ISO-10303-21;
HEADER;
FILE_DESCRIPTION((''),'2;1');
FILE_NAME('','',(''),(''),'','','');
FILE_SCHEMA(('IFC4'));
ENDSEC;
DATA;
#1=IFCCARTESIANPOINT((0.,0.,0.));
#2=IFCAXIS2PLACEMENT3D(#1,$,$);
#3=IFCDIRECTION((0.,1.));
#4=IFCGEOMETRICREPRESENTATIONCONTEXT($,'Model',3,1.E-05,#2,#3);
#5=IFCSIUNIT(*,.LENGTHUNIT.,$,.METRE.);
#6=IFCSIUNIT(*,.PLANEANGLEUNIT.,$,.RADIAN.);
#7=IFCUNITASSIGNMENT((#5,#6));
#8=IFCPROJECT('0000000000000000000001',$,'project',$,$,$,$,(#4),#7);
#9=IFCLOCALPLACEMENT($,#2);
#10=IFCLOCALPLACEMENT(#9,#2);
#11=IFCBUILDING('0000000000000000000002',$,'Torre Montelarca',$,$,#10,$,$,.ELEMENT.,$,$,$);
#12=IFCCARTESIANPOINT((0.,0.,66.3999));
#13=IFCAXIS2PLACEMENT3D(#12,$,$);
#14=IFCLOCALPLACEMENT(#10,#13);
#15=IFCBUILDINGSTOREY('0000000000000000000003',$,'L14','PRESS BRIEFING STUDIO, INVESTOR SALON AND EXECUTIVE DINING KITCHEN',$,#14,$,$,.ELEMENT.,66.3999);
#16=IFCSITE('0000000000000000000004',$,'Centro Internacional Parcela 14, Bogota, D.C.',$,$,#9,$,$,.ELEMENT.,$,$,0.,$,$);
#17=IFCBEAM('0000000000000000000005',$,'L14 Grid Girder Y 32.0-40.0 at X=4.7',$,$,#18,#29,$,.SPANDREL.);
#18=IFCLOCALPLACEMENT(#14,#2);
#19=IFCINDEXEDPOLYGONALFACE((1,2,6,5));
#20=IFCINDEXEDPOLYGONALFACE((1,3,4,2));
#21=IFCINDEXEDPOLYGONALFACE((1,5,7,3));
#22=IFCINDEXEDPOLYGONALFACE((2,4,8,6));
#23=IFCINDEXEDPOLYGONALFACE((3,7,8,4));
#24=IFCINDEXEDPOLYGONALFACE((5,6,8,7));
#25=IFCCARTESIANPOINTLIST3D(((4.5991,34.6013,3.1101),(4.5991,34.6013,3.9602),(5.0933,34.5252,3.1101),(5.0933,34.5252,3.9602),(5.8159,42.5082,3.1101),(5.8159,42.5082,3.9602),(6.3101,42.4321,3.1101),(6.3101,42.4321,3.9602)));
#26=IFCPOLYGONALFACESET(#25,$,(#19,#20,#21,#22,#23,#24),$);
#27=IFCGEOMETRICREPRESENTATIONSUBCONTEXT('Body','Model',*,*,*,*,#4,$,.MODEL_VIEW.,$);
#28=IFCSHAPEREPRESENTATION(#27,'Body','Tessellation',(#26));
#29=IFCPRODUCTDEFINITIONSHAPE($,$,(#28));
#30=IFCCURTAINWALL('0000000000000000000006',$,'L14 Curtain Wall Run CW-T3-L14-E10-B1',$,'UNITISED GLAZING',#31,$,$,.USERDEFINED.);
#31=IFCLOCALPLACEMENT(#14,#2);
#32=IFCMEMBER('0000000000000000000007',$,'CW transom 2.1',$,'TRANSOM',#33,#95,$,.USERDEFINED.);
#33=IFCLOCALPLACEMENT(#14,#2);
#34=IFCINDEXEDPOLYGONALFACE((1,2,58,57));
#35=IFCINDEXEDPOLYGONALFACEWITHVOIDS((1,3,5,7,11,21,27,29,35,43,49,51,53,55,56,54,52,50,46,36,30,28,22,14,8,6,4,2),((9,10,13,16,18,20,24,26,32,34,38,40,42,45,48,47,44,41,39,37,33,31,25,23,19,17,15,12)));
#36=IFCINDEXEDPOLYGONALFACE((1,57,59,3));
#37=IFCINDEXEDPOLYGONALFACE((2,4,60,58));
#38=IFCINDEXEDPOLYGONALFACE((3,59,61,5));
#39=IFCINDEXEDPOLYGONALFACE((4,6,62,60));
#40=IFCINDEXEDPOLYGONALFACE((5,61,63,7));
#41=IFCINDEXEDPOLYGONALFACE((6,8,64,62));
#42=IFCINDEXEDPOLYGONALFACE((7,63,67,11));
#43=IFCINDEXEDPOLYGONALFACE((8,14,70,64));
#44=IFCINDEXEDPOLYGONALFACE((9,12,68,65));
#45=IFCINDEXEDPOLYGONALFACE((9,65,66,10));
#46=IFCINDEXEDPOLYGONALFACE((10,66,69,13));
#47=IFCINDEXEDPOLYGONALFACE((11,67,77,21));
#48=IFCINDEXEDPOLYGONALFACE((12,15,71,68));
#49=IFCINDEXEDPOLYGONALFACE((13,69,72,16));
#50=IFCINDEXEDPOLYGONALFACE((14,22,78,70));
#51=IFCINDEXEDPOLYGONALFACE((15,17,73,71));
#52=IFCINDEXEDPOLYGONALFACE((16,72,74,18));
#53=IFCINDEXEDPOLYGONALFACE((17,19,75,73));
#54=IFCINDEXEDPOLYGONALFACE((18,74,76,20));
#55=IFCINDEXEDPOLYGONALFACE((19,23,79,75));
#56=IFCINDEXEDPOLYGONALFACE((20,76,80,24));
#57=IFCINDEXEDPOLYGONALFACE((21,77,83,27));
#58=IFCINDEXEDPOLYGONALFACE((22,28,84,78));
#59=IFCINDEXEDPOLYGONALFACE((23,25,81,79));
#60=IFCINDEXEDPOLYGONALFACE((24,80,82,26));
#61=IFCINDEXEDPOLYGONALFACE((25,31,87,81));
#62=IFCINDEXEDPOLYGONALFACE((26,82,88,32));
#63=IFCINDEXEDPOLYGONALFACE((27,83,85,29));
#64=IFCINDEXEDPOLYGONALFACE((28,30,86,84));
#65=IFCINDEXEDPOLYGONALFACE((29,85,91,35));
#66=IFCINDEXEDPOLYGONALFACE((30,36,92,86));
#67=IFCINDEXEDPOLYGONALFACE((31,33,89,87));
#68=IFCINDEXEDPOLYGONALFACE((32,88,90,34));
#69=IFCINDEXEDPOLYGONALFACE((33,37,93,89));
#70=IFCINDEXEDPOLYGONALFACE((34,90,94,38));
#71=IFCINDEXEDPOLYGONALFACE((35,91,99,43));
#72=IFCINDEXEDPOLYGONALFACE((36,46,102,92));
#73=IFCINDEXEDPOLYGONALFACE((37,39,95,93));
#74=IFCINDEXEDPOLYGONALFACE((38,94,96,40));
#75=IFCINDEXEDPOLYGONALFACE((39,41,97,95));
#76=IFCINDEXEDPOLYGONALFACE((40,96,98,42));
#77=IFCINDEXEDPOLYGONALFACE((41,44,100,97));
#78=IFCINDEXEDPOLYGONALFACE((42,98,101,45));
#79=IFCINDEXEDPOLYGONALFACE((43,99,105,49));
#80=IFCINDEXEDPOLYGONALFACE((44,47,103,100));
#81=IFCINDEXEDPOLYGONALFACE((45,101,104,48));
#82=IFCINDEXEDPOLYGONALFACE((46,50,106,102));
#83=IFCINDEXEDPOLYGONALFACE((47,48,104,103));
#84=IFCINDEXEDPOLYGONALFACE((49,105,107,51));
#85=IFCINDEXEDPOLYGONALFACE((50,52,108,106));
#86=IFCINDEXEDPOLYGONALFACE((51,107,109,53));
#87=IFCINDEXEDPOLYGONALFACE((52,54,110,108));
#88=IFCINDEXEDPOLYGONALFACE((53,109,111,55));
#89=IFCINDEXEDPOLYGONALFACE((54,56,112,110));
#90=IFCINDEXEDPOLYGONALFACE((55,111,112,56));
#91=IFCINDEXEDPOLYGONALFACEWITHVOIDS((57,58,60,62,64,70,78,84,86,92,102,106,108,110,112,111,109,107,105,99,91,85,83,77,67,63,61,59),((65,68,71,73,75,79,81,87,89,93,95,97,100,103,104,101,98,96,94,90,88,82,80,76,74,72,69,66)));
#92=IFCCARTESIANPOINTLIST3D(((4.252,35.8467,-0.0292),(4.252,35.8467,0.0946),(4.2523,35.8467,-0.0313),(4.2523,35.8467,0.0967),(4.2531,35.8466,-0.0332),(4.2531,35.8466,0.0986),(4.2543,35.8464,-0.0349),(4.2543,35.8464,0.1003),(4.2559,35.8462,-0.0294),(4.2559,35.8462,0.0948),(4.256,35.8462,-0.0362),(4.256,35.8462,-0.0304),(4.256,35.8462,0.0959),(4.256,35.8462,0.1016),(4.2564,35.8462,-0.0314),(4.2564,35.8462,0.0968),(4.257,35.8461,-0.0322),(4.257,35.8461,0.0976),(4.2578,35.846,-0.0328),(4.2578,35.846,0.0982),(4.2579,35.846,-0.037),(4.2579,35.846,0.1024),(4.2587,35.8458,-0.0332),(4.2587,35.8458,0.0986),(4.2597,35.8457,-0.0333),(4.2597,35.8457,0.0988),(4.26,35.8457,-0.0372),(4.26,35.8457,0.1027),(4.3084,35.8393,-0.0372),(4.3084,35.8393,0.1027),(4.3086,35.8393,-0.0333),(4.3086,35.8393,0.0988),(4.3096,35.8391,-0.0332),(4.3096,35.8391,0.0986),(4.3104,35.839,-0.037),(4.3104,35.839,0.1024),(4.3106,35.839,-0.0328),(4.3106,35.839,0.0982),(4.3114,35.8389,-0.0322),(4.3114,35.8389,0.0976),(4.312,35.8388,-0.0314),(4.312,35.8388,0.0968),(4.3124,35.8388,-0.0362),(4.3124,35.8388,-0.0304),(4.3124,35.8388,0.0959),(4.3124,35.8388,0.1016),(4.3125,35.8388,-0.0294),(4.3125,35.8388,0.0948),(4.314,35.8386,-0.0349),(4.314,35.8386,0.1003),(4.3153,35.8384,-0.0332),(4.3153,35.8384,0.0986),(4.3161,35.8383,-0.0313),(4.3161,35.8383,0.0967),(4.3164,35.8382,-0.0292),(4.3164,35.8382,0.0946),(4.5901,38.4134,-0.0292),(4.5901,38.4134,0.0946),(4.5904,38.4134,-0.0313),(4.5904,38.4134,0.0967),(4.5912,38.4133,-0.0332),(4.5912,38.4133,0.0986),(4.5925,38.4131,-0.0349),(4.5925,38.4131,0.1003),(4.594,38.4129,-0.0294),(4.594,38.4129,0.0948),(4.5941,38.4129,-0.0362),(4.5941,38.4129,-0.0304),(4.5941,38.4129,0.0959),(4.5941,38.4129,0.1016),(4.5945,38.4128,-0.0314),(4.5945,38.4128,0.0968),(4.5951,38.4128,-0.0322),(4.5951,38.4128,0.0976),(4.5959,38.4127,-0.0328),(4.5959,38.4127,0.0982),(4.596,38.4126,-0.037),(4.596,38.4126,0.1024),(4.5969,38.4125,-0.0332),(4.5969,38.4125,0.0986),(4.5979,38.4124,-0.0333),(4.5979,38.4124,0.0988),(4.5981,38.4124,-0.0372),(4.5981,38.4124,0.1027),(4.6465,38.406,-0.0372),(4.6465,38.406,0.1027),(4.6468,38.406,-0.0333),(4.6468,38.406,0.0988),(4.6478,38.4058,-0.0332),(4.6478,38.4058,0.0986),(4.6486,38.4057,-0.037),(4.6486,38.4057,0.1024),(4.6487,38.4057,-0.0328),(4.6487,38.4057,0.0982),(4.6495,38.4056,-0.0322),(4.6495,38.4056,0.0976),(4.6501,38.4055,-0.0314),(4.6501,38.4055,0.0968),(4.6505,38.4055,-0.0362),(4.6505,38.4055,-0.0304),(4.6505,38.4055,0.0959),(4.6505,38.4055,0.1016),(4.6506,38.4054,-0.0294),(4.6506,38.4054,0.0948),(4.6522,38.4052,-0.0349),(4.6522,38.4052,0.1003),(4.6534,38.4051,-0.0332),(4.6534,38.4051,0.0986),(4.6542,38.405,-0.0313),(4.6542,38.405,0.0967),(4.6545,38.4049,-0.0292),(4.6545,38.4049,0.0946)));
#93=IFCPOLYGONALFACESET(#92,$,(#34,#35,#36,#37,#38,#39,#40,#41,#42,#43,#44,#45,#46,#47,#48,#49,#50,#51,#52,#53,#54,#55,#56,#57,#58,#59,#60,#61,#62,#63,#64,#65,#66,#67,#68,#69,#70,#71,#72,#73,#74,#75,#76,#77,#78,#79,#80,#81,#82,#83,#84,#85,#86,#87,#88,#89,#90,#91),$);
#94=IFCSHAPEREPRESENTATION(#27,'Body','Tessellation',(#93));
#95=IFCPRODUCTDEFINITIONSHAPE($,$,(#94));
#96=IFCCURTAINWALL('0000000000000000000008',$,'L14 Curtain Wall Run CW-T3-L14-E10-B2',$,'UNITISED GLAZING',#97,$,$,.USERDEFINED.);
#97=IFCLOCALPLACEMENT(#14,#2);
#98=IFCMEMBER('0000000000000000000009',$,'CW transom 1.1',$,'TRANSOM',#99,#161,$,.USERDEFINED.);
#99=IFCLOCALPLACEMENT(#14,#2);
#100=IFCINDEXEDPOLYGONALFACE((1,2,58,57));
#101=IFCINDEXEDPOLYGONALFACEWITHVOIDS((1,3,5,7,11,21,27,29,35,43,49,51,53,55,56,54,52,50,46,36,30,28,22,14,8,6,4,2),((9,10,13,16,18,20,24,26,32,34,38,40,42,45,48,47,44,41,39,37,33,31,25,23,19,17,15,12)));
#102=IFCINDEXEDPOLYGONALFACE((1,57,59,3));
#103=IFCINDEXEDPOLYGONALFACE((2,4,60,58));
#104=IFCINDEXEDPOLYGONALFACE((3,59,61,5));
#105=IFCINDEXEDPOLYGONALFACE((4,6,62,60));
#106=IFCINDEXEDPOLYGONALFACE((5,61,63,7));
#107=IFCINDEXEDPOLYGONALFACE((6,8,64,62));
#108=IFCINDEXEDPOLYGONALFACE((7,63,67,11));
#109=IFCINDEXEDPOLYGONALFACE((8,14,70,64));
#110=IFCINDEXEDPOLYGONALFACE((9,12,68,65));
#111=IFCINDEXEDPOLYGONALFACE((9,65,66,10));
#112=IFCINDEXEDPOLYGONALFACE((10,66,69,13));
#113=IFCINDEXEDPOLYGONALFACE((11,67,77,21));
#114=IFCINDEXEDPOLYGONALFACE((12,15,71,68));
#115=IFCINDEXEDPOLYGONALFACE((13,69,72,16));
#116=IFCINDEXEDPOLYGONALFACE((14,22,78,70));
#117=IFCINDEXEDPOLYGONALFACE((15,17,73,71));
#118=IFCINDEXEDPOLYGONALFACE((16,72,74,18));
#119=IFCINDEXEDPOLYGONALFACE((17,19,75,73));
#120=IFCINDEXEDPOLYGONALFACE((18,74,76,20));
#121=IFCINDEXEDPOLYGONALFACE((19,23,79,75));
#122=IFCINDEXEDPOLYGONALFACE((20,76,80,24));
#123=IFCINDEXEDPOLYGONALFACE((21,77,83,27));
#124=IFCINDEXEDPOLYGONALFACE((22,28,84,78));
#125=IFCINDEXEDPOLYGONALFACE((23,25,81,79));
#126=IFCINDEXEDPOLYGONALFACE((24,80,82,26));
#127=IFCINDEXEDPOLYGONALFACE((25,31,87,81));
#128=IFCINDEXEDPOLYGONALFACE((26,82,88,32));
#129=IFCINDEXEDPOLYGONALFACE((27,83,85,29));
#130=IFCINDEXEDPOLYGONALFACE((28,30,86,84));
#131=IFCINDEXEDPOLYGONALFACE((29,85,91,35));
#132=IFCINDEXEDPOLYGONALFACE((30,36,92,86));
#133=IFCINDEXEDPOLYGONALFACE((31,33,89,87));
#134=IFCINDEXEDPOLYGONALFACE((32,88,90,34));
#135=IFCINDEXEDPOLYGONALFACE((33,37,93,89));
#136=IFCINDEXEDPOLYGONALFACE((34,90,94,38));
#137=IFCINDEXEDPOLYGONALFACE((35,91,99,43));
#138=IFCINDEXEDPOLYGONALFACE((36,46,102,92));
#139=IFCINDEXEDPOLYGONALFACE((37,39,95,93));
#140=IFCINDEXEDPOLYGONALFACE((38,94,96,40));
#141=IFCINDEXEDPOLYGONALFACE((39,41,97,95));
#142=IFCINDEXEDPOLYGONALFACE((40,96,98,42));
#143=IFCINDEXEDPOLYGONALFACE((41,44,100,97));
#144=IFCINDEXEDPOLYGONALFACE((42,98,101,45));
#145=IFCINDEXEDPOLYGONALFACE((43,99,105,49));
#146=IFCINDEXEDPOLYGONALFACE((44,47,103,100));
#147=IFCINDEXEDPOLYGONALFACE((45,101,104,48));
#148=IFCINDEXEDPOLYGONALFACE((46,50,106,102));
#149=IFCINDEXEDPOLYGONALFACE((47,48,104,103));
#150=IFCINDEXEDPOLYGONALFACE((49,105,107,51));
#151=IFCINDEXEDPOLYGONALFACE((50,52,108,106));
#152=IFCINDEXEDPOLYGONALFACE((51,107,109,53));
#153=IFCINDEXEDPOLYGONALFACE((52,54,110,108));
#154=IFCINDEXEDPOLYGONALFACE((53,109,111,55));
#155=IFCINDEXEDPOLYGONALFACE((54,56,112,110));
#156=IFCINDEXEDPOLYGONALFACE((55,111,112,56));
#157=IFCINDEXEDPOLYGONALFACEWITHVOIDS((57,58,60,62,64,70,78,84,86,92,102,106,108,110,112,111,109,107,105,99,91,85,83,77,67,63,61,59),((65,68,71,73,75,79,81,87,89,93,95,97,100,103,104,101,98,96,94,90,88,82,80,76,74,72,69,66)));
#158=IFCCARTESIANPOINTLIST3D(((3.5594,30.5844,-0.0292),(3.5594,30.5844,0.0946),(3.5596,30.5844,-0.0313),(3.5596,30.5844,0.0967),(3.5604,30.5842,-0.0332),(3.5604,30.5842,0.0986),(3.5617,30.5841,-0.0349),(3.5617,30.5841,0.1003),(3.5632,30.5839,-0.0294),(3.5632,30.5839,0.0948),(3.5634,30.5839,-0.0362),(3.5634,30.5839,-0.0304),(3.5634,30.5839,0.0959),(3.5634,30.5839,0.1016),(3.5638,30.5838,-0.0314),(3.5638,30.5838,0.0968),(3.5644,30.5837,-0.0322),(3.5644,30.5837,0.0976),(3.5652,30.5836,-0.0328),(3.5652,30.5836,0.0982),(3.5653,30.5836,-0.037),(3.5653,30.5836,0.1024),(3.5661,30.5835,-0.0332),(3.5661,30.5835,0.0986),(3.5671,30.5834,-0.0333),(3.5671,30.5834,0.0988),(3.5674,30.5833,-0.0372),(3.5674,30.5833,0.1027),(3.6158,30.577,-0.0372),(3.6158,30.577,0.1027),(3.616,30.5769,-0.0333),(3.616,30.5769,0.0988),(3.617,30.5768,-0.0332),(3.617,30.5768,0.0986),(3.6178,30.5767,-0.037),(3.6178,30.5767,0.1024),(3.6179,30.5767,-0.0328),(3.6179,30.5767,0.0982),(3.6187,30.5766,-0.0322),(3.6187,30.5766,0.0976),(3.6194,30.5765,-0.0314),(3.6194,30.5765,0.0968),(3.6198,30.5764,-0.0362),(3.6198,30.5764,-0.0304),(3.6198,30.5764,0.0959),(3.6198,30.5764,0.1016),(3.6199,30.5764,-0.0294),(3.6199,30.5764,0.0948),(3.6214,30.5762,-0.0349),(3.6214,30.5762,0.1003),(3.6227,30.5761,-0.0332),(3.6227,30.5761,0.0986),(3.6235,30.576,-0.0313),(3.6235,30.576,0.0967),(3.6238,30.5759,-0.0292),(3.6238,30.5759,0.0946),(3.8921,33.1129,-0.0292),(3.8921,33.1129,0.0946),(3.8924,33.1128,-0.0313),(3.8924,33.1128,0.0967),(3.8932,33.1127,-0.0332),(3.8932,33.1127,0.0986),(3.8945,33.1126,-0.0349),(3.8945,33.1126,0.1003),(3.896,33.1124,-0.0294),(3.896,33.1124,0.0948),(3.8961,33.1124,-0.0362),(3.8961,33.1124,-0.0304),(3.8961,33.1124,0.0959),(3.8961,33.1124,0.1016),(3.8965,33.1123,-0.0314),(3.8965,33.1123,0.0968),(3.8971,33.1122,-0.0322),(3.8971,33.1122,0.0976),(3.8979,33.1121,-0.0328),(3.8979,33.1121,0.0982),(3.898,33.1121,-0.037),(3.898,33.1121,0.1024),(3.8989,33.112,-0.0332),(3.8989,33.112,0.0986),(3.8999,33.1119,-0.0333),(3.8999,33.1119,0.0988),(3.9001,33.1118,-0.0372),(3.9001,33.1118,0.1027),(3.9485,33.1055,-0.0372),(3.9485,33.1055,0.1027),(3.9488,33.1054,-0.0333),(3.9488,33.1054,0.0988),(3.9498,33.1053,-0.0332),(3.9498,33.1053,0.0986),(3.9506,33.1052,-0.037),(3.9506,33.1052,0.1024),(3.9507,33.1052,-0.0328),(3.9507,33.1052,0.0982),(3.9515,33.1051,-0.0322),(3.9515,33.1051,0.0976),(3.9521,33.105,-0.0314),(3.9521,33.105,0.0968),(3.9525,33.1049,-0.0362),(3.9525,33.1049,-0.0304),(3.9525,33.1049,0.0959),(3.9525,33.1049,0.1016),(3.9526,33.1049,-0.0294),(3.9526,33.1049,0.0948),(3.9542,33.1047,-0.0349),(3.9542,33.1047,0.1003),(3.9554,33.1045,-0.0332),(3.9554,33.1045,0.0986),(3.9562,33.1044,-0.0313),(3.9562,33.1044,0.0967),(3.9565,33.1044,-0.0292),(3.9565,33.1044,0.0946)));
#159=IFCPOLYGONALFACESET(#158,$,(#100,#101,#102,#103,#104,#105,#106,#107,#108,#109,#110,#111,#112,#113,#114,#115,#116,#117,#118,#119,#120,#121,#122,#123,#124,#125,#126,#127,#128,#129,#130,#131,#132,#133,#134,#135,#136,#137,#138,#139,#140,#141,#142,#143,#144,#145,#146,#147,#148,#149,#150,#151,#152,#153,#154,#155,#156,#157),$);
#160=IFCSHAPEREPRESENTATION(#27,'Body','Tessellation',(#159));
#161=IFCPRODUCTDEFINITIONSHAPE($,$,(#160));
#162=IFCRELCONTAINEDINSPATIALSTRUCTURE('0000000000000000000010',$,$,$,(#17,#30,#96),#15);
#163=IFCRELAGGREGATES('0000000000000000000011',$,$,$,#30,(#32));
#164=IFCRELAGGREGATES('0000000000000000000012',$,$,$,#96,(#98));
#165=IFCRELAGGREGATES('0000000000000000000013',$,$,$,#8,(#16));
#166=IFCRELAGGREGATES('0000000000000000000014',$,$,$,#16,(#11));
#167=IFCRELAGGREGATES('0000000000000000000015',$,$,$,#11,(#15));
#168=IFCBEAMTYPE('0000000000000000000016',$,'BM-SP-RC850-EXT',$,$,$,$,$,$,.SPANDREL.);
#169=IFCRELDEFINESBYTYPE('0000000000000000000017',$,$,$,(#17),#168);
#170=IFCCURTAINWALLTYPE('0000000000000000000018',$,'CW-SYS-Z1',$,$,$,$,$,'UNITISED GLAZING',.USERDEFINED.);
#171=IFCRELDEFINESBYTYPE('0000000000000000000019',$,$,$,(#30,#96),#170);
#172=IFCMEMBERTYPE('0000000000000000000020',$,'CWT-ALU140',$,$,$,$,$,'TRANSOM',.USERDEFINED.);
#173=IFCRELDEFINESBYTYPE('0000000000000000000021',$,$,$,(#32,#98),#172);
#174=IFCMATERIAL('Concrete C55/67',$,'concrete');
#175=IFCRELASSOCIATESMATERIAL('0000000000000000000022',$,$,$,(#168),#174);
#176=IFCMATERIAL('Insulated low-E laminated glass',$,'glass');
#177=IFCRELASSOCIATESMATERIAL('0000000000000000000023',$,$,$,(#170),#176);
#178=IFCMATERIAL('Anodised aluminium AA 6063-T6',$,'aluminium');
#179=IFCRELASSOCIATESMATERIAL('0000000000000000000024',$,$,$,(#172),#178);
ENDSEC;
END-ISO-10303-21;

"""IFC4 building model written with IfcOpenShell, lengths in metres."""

from ifc_helpers import new_model, si_unit, direction, frame, origin, origin_2d, place, context, subcontext, project, spatial, rectangle, hollow_rectangle, extrude, source, transform, mapped, material, material_profile, profile_set, type_object, element, aggregate, save


model = new_model("IFC4")

# Units and contexts
model_context = context("Model", 3, precision=1e-05, world=origin(), true_north=direction((0.0, 1.0)))
body_context = subcontext(model_context, "Body", "Model", "MODEL_VIEW")
ifc_project = project(units=[si_unit("LENGTHUNIT", "METRE"), si_unit("PLANEANGLEUNIT", "RADIAN")], contexts=[model_context])

# Site, building, storey
site_placement = place(None, origin())
site = spatial("IfcSite", under=ifc_project, at=site_placement, Name="Centro Internacional Parcela 14, Bogota, D.C.", CompositionType="ELEMENT", RefElevation=0.0)
building_placement = place(site_placement, origin())
building = spatial("IfcBuilding", under=site, at=building_placement, Name="Torre Montelarca", CompositionType="ELEMENT")
storey_placement = place(building_placement, frame((0.0, 0.0, 66.3999)))
storey = spatial("IfcBuildingStorey", under=building, at=storey_placement, Name="L14", Description="PRESS BRIEFING STUDIO, INVESTOR SALON AND EXECUTIVE DINING KITCHEN", CompositionType="ELEMENT", Elevation=66.3999)

# Shared definitions
ifc_material_1 = material(Name="Concrete C55/67", Category="concrete")

# Beam
ifc_material_profile_1 = material_profile(ifc_material_1, rectangle(XDim=0.5, YDim=0.8501, at=origin_2d()), Name="RCB500X850", Category="concrete")
ifc_profile_set_1 = profile_set([ifc_material_profile_1], Name="Concrete C55/67")
beam_type = type_object("IfcBeamType", Name="BM-SP-RC850-EXT", PredefinedType="SPANDREL", material=ifc_profile_set_1)
shared_shape_1 = source(origin(), body_context, "Body", "SweptSolid", [
    extrude(rectangle(XDim=0.5, YDim=0.8501, at=origin_2d()), origin(), (0.0, 0.0, 1.0), 8.0),
])
beam_placement = place(storey_placement, frame((4.8462, 34.5632, 3.5352), z_axis=(0.152098, 0.988365, 0.0), x_axis=(-0.988365, 0.152098, 0.0)))
element("IfcBeam", 1, at=beam_placement, inside=storey, type_object=beam_type, Name="L14 Grid Girder Y 32.0-40.0 at X=4.7", PredefinedType="SPANDREL", context=body_context, shape_type="MappedRepresentation", body=[
    mapped(shared_shape_1, transform((0.0, 0.0, 0.0), scale=1.0)),
])

# Curtain wall, member
ifc_material_2 = material(Name="Insulated low-E laminated glass", Category="glass")
curtain_wall_type = type_object("IfcCurtainWallType", Name="CW-SYS-Z1", ElementType="UNITISED GLAZING", PredefinedType="USERDEFINED", material=ifc_material_2)
curtain_wall_1_placement = place(storey_placement, origin())
curtain_wall_1 = element("IfcCurtainWall", 2, at=curtain_wall_1_placement, inside=storey, type_object=curtain_wall_type, Name="L14 Curtain Wall Run CW-T3-L14-E10-B1", ObjectType="UNITISED GLAZING", PredefinedType="USERDEFINED")
ifc_material_3 = material(Name="Anodised aluminium AA 6063-T6", Category="aluminium")
ifc_material_profile_2 = material_profile(ifc_material_3, hollow_rectangle(XDim=0.0649, YDim=0.1399, WallThickness=0.0039, InnerFilletRadius=0.0039, OuterFilletRadius=0.0081, at=origin_2d()), Name="ALU65X140X4", Category="aluminium")
ifc_profile_set_2 = profile_set([ifc_material_profile_2], Name="Anodised aluminium AA 6063-T6")
member_type_1 = type_object("IfcMemberType", Name="CWT-ALU140", ElementType="TRANSOM", PredefinedType="USERDEFINED", material=ifc_profile_set_2)
shared_shape_2 = source(origin(), body_context, "Body", "SweptSolid", [
    extrude(hollow_rectangle(XDim=0.0649, YDim=0.1399, WallThickness=0.0039, InnerFilletRadius=0.0039, OuterFilletRadius=0.0081, at=origin_2d()), origin(), (0.0, 0.0, 1.0), 2.5889),
])
member_1_placement = place(storey_placement, frame((4.6223, 38.4092, 0.0327), z_axis=(-0.130613, -0.991433, 0.0), x_axis=(0.991433, -0.130613, 0.0)))
member_1 = element("IfcMember", 3, at=member_1_placement, type_object=member_type_1, Name="CW transom 2.1", ObjectType="TRANSOM", PredefinedType="USERDEFINED", context=body_context, shape_type="MappedRepresentation", body=[
    mapped(shared_shape_2, transform((0.0, 0.0, 0.0), scale=1.0)),
])

# Curtain wall, member
curtain_wall_2_placement = place(storey_placement, origin())
curtain_wall_2 = element("IfcCurtainWall", 4, at=curtain_wall_2_placement, inside=storey, type_object=curtain_wall_type, Name="L14 Curtain Wall Run CW-T3-L14-E10-B2", ObjectType="UNITISED GLAZING", PredefinedType="USERDEFINED")
shared_shape_3 = source(origin(), body_context, "Body", "SweptSolid", [
    extrude(hollow_rectangle(XDim=0.0649, YDim=0.1399, WallThickness=0.0039, InnerFilletRadius=0.0039, OuterFilletRadius=0.0081, at=origin_2d()), origin(), (0.0, 0.0, 1.0), 2.5503),
])
member_2_placement = place(storey_placement, frame((3.9243, 33.1086, 0.0327), z_axis=(-0.130477, -0.991451, 0.0), x_axis=(0.991451, -0.130477, 0.0)))
member_2 = element("IfcMember", 5, at=member_2_placement, type_object=member_type_1, Name="CW transom 1.1", ObjectType="TRANSOM", PredefinedType="USERDEFINED", context=body_context, shape_type="MappedRepresentation", body=[
    mapped(shared_shape_3, transform((0.0, 0.0, 0.0), scale=1.0)),
])

aggregate(curtain_wall_1, [member_1])
aggregate(curtain_wall_2, [member_2])

save(model, "model.ifc")
